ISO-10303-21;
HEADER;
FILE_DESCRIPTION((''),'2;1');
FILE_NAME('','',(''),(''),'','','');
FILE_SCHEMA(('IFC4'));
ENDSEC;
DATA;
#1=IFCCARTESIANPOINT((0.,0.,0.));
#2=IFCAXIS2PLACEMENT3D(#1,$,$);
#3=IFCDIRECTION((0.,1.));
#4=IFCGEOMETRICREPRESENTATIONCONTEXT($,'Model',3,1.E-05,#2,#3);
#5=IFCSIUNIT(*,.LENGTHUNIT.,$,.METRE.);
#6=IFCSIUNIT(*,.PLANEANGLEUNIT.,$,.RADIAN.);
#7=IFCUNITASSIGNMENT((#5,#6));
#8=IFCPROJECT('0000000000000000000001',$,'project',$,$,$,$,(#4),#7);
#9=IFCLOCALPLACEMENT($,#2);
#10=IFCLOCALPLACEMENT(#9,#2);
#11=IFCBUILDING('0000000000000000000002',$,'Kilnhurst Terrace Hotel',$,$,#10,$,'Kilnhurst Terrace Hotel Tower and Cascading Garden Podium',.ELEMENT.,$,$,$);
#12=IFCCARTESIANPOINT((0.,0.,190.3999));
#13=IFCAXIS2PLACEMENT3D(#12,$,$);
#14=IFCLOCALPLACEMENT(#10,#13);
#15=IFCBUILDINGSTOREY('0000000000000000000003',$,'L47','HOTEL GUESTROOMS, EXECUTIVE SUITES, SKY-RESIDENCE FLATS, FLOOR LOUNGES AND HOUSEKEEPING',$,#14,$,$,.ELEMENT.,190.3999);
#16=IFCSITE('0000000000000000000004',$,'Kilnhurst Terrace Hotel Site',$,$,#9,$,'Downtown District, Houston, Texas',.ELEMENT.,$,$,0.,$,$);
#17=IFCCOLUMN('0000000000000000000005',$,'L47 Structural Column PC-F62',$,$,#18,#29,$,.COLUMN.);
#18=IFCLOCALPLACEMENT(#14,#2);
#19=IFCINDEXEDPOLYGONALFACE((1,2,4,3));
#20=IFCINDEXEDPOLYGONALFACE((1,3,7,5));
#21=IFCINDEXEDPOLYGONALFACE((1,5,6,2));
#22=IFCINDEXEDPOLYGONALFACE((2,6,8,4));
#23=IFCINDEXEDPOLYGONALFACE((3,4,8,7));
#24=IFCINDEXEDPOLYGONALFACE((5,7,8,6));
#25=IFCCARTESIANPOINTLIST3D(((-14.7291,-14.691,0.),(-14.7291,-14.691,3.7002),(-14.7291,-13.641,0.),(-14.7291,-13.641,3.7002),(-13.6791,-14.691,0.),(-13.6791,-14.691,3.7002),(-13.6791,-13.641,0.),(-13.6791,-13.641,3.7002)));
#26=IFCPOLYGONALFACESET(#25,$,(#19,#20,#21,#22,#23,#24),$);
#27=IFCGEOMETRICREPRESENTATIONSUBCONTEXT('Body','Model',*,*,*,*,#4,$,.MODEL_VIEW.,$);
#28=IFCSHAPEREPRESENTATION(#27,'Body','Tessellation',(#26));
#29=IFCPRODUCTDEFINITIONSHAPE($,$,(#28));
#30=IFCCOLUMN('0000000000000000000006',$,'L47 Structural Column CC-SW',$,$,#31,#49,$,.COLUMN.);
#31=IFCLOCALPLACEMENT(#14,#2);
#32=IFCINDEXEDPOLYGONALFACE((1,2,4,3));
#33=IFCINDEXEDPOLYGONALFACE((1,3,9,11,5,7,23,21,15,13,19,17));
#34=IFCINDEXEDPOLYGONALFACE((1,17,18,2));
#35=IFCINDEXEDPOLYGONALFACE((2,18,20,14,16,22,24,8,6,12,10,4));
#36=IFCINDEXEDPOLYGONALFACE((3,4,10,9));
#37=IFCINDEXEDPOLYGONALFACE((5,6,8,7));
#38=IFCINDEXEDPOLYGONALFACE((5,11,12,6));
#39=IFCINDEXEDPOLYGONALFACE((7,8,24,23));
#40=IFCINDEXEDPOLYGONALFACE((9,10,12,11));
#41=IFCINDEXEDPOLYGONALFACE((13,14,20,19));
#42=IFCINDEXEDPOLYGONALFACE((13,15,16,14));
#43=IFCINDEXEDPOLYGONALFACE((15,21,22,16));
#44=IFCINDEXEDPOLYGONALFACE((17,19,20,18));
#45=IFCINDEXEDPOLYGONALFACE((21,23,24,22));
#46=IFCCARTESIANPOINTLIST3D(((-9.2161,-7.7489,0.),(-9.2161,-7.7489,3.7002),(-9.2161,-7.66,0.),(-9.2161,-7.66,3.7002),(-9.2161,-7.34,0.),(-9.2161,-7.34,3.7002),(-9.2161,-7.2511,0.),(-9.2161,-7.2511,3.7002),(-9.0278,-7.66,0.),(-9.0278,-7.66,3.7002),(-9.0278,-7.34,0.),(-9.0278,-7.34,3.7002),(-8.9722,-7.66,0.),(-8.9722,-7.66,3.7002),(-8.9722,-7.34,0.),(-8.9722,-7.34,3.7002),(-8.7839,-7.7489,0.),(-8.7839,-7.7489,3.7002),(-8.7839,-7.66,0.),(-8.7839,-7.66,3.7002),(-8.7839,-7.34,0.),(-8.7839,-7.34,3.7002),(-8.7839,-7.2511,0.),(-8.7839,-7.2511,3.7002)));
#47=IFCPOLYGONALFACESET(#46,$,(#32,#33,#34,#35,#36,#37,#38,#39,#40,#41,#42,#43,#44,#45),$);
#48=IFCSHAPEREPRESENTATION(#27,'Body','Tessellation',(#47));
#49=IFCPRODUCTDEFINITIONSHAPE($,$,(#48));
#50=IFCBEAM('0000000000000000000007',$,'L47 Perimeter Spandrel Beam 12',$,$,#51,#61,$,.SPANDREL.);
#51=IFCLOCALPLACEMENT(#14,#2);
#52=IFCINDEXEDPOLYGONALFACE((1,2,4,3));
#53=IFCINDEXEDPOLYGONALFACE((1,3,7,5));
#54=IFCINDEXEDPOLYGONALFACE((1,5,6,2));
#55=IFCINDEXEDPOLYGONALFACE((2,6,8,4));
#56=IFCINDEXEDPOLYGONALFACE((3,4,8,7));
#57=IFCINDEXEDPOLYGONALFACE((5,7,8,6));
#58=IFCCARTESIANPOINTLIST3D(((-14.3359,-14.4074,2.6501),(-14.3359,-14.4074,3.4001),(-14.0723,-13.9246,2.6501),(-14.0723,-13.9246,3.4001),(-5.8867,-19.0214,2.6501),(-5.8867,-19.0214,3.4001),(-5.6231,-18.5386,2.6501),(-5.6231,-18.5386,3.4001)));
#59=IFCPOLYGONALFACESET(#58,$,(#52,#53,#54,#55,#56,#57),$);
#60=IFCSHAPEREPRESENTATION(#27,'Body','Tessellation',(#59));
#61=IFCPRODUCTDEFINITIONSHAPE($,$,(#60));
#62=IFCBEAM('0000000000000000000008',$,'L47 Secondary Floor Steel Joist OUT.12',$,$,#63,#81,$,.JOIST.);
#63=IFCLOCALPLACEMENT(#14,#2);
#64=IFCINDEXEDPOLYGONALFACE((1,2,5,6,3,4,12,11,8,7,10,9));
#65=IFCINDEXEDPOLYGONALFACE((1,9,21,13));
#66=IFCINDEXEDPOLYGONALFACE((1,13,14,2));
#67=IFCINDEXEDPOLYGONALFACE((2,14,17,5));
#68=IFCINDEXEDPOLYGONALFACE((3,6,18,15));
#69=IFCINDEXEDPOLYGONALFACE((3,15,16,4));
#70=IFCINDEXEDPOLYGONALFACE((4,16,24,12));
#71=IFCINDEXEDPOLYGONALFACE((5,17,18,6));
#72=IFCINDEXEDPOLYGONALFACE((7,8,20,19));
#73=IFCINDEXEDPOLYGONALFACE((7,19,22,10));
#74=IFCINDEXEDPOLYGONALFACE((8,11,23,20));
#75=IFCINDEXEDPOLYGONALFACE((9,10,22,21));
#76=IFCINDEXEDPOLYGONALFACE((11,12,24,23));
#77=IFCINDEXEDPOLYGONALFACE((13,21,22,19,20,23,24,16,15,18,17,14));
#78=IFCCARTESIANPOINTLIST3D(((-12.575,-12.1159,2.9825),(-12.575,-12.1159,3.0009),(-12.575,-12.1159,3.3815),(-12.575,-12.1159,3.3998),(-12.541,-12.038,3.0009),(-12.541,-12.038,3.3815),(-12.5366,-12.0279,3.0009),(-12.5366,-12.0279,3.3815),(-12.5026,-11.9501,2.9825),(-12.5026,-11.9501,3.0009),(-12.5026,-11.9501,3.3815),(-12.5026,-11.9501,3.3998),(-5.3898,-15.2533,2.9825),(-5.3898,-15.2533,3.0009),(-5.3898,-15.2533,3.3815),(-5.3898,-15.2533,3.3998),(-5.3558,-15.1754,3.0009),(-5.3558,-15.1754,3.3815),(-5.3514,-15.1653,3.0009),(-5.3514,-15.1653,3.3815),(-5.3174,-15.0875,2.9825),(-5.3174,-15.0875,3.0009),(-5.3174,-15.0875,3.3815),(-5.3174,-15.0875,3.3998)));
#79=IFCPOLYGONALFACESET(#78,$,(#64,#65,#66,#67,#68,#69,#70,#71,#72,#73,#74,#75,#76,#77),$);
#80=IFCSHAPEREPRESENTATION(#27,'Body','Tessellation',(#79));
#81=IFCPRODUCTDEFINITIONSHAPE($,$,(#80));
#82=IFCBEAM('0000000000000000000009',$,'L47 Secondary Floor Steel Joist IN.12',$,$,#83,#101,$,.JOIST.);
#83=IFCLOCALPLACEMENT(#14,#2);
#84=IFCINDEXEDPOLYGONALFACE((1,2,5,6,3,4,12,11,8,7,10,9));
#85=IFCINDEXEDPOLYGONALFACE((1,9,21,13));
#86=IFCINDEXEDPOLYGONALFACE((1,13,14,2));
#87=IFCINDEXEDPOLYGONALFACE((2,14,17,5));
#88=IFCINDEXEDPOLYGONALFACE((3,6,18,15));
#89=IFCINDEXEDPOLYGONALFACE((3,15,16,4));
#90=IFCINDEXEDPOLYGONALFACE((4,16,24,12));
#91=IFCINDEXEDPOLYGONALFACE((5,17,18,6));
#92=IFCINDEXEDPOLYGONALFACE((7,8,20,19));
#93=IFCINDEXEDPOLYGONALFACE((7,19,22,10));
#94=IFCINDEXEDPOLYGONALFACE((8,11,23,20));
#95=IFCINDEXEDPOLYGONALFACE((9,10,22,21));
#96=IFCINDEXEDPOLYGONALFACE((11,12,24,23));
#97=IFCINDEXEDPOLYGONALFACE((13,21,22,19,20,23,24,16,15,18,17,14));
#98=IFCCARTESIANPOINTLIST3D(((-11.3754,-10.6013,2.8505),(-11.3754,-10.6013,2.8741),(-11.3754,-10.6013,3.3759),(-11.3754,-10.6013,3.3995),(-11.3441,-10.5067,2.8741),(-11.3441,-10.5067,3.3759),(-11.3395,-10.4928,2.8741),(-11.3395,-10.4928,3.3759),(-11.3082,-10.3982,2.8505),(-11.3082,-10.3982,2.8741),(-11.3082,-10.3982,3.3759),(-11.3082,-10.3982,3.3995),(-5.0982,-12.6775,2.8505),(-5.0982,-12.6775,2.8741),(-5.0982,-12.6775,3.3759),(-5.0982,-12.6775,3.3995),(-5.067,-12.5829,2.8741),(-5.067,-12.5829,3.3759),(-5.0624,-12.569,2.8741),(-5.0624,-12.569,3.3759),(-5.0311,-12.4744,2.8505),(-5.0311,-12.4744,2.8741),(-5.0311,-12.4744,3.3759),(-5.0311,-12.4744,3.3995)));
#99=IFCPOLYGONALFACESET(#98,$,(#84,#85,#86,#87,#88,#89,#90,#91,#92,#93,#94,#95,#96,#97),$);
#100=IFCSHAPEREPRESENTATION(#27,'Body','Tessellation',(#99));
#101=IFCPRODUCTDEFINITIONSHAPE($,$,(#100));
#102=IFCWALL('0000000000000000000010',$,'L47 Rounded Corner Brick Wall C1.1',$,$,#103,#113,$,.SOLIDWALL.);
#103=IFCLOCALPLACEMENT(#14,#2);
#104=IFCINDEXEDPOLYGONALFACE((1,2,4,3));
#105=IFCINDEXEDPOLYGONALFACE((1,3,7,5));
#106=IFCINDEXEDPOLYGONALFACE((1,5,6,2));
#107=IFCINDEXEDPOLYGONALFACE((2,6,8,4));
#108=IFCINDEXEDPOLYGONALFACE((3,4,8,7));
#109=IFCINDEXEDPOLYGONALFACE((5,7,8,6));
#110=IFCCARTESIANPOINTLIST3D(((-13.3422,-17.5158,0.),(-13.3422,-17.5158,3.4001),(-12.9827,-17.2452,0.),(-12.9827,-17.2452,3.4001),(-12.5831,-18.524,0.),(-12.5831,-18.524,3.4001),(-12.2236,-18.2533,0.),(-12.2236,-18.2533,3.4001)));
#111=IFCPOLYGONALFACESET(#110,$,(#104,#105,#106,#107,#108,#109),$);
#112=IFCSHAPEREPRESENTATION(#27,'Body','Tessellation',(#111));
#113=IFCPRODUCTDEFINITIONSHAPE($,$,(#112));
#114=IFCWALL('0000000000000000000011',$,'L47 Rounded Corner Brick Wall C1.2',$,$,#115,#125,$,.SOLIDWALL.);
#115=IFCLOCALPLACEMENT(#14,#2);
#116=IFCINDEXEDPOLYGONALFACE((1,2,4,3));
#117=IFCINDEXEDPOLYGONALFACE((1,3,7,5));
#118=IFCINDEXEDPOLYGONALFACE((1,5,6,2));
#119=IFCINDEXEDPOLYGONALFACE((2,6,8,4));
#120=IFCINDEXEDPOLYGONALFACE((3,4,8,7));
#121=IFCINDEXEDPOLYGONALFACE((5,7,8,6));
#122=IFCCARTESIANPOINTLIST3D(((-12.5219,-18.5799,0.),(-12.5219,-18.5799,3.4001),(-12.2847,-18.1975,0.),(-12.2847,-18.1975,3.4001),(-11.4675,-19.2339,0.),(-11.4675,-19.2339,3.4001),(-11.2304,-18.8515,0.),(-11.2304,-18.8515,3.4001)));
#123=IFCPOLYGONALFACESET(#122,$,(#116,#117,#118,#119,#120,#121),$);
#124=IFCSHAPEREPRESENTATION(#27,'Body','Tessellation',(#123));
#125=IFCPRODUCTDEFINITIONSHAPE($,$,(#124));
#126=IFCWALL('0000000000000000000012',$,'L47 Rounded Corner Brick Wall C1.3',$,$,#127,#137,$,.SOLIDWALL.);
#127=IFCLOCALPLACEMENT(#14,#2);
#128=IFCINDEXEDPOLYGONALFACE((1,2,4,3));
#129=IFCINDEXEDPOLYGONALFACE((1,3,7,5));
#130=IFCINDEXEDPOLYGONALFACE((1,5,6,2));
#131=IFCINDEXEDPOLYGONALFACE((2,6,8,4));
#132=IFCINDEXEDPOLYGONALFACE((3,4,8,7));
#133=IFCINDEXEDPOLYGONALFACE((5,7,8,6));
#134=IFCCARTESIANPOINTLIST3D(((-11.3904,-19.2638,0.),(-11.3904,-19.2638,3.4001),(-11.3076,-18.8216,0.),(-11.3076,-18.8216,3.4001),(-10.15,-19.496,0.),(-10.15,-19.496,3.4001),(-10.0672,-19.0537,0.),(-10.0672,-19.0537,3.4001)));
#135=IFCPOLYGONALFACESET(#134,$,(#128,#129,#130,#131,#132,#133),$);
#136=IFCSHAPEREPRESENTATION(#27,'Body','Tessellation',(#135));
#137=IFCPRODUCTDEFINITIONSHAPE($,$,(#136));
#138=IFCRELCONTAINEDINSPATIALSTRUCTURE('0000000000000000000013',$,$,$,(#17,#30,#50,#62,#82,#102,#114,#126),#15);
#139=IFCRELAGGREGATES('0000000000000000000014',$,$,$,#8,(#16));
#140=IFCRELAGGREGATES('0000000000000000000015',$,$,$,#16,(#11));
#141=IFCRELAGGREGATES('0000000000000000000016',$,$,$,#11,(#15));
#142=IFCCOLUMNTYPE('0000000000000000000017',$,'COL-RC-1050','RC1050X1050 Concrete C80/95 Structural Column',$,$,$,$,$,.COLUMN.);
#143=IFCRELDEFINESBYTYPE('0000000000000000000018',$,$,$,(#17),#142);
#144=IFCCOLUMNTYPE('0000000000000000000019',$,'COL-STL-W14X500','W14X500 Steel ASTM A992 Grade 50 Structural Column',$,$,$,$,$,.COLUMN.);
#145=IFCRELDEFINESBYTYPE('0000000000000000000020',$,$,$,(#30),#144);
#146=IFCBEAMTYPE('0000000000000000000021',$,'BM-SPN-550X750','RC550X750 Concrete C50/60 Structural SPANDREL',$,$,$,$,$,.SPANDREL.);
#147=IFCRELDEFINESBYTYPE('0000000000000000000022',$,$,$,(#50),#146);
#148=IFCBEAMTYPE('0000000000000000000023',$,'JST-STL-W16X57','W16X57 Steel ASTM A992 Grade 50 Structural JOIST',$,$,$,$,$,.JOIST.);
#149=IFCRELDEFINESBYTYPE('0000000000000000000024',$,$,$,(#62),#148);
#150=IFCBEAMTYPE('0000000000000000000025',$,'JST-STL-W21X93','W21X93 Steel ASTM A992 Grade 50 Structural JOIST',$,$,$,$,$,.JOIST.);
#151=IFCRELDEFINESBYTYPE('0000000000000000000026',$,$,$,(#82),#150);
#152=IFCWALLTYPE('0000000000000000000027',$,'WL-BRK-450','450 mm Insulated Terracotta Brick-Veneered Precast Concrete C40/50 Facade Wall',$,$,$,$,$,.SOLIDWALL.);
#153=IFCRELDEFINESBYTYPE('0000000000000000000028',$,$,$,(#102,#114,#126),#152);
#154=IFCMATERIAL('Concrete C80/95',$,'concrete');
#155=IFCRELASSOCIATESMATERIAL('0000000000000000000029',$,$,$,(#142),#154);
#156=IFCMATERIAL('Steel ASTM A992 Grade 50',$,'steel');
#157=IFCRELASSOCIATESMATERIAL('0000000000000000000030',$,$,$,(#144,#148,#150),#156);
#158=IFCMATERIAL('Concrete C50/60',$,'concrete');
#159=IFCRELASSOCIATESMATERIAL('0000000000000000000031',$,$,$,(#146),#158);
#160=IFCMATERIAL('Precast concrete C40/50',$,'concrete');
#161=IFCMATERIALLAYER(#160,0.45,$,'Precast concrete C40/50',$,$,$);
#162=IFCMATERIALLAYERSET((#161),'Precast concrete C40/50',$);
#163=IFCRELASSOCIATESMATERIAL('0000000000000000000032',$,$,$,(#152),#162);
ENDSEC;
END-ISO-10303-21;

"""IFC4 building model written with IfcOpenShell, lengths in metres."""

from ifc_helpers import new_model, si_unit, direction, frame, frame_2d, origin, origin_2d, place, context, subcontext, project, spatial, rectangle, i_section, extrude, material, layer, layer_set, material_profile, profile_set, type_object, element, save


model = new_model("IFC4")

# Units and contexts
model_context = context("Model", 3, precision=1e-05, world=origin(), true_north=direction((0.0, 1.0)))
body_context = subcontext(model_context, "Body", "Model", "MODEL_VIEW")
ifc_project = project(units=[si_unit("LENGTHUNIT", "METRE"), si_unit("PLANEANGLEUNIT", "RADIAN")], contexts=[model_context])

# Site, building, storey
site_placement = place(None, origin())
site = spatial("IfcSite", under=ifc_project, at=site_placement, Name="Kilnhurst Terrace Hotel Site", LongName="Downtown District, Houston, Texas", CompositionType="ELEMENT", RefElevation=0.0)
building_placement = place(site_placement, origin())
building = spatial("IfcBuilding", under=site, at=building_placement, Name="Kilnhurst Terrace Hotel", LongName="Kilnhurst Terrace Hotel Tower and Cascading Garden Podium", CompositionType="ELEMENT")
storey_placement = place(building_placement, frame((0.0, 0.0, 190.3999)))
storey = spatial("IfcBuildingStorey", under=building, at=storey_placement, Name="L47", Description="HOTEL GUESTROOMS, EXECUTIVE SUITES, SKY-RESIDENCE FLATS, FLOOR LOUNGES AND HOUSEKEEPING", CompositionType="ELEMENT", Elevation=190.3999)

# Columns
ifc_material_1 = material(Name="Concrete C80/95", Category="concrete")
ifc_material_profile_1 = material_profile(ifc_material_1, rectangle(XDim=1.05, YDim=1.05, at=origin_2d()), Name="RC1050X1050")
ifc_profile_set_1 = profile_set([ifc_material_profile_1], Name="Concrete C80/95")
column_type_1 = type_object("IfcColumnType", Name="COL-RC-1050", Description="RC1050X1050 Concrete C80/95 Structural Column", PredefinedType="COLUMN", material=ifc_profile_set_1)
column_1_placement = place(storey_placement, frame((-14.2041, -14.166, 0.0), z_axis=(0.0, 0.0, 1.0), x_axis=(1.0, 0.0, 0.0)))
element("IfcColumn", 1, at=column_1_placement, inside=storey, type_object=column_type_1, Name="L47 Structural Column PC-F62", PredefinedType="COLUMN", context=body_context, shape_type="SweptSolid", body=[
    extrude(rectangle(XDim=1.05, YDim=1.05, at=origin_2d()), origin(), (0.0, 0.0, 1.0), 3.7002),
])
ifc_material_2 = material(Name="Steel ASTM A992 Grade 50", Category="steel")
ifc_material_profile_2 = material_profile(ifc_material_2, i_section(OverallWidth=0.4321, OverallDepth=0.4978, WebThickness=0.0557, FlangeThickness=0.0889, at=origin_2d()), Name="W14X500")
ifc_profile_set_2 = profile_set([ifc_material_profile_2], Name="Steel ASTM A992 Grade 50")
column_type_2 = type_object("IfcColumnType", Name="COL-STL-W14X500", Description="W14X500 Steel ASTM A992 Grade 50 Structural Column", PredefinedType="COLUMN", material=ifc_profile_set_2)
column_2_placement = place(storey_placement, frame((-9.0, -7.5, 0.0), z_axis=(0.0, 0.0, 1.0), x_axis=(1.0, 0.0, 0.0)))
element("IfcColumn", 2, at=column_2_placement, inside=storey, type_object=column_type_2, Name="L47 Structural Column CC-SW", PredefinedType="COLUMN", context=body_context, shape_type="SweptSolid", body=[
    extrude(i_section(OverallWidth=0.4321, OverallDepth=0.4978, WebThickness=0.0557, FlangeThickness=0.0889, at=origin_2d()), origin(), (0.0, 0.0, 1.0), 3.7002),
])

# Beams
ifc_material_3 = material(Name="Concrete C50/60", Category="concrete")
ifc_material_profile_3 = material_profile(ifc_material_3, rectangle(XDim=0.55, YDim=0.75, at=origin_2d()), Name="RC550X750")
ifc_profile_set_3 = profile_set([ifc_material_profile_3], Name="Concrete C50/60")
beam_type_1 = type_object("IfcBeamType", Name="BM-SPN-550X750", Description="RC550X750 Concrete C50/60 Structural SPANDREL", PredefinedType="SPANDREL", material=ifc_profile_set_3)
beam_1_placement = place(storey_placement, frame((-14.2041, -14.166, 3.0251), z_axis=(0.877662, -0.47928, 0.0), x_axis=(0.47928, 0.877662, 0.0)))
element("IfcBeam", 3, at=beam_1_placement, inside=storey, type_object=beam_type_1, Name="L47 Perimeter Spandrel Beam 12", PredefinedType="SPANDREL", context=body_context, shape_type="SweptSolid", body=[
    extrude(rectangle(XDim=0.55, YDim=0.75, at=origin_2d()), origin(), (0.0, 0.0, 1.0), 9.627),
])
ifc_material_profile_4 = material_profile(ifc_material_2, i_section(OverallWidth=0.1809, OverallDepth=0.4172, WebThickness=0.011, FlangeThickness=0.0183, at=origin_2d()), Name="W16X57")
ifc_profile_set_4 = profile_set([ifc_material_profile_4], Name="Steel ASTM A992 Grade 50")
beam_type_2 = type_object("IfcBeamType", Name="JST-STL-W16X57", Description="W16X57 Steel ASTM A992 Grade 50 Structural JOIST", PredefinedType="JOIST", material=ifc_profile_set_4)
beam_2_placement = place(storey_placement, frame((-12.5388, -12.033, 3.1912), z_axis=(0.916444, -0.400164, 0.0), x_axis=(0.400164, 0.916444, 0.0)))
element("IfcBeam", 4, at=beam_2_placement, inside=storey, type_object=beam_type_2, Name="L47 Secondary Floor Steel Joist OUT.12", PredefinedType="JOIST", context=body_context, shape_type="SweptSolid", body=[
    extrude(i_section(OverallWidth=0.1809, OverallDepth=0.4172, WebThickness=0.011, FlangeThickness=0.0183, at=origin_2d()), origin(), (0.0, 0.0, 1.0), 7.8403),
])
ifc_material_profile_5 = material_profile(ifc_material_2, i_section(OverallWidth=0.2139, OverallDepth=0.5491, WebThickness=0.0146, FlangeThickness=0.0237, at=origin_2d()), Name="W21X93")
ifc_profile_set_5 = profile_set([ifc_material_profile_5], Name="Steel ASTM A992 Grade 50")
beam_type_3 = type_object("IfcBeamType", Name="JST-STL-W21X93", Description="W21X93 Steel ASTM A992 Grade 50 Structural JOIST", PredefinedType="JOIST", material=ifc_profile_set_5)
beam_3_placement = place(storey_placement, frame((-11.3418, -10.4998, 3.125), z_axis=(0.949416, -0.314022, 0.0), x_axis=(0.314022, 0.949416, 0.0)))
element("IfcBeam", 5, at=beam_3_placement, inside=storey, type_object=beam_type_3, Name="L47 Secondary Floor Steel Joist IN.12", PredefinedType="JOIST", context=body_context, shape_type="SweptSolid", body=[
    extrude(i_section(OverallWidth=0.2139, OverallDepth=0.5491, WebThickness=0.0146, FlangeThickness=0.0237, at=origin_2d()), origin(), (0.0, 0.0, 1.0), 6.6116),
])

# Walls
ifc_material_4 = material(Name="Precast concrete C40/50", Category="concrete")
ifc_layer_1 = layer(ifc_material_4, 0.45, Name="Precast concrete C40/50")
ifc_layer_set_1 = layer_set([ifc_layer_1], Name="Precast concrete C40/50")
wall_type_1 = type_object("IfcWallType", Name="WL-BRK-450", Description="450 mm Insulated Terracotta Brick-Veneered Precast Concrete C40/50 Facade Wall", PredefinedType="SOLIDWALL", material=ifc_layer_set_1)
wall_1_placement = place(storey_placement, frame((-13.1624, -17.3806, 0.0), z_axis=(0.0, 0.0, 1.0), x_axis=(0.601516, -0.798861, 0.0)))
element("IfcWall", 6, at=wall_1_placement, inside=storey, type_object=wall_type_1, Name="L47 Rounded Corner Brick Wall C1.1", PredefinedType="SOLIDWALL", context=body_context, shape_type="SweptSolid", body=[
    extrude(rectangle(XDim=1.262, YDim=0.45, at=frame_2d((0.6309, 0.0))), origin(), (0.0, 0.0, 1.0), 3.4001),
])
wall_2_placement = place(storey_placement, frame((-12.4033, -18.3887, 0.0), z_axis=(0.0, 0.0, 1.0), x_axis=(0.849795, -0.527113, 0.0)))
element("IfcWall", 7, at=wall_2_placement, inside=storey, type_object=wall_type_1, Name="L47 Rounded Corner Brick Wall C1.2", PredefinedType="SOLIDWALL", context=body_context, shape_type="SweptSolid", body=[
    extrude(rectangle(XDim=1.2407, YDim=0.45, at=frame_2d((0.6204, 0.0))), origin(), (0.0, 0.0, 1.0), 3.4001),
])
wall_3_placement = place(storey_placement, frame((-11.3489, -19.0427, 0.0), z_axis=(0.0, 0.0, 1.0), x_axis=(0.982931, -0.183973, 0.0)))
element("IfcWall", 8, at=wall_3_placement, inside=storey, type_object=wall_type_1, Name="L47 Rounded Corner Brick Wall C1.3", PredefinedType="SOLIDWALL", context=body_context, shape_type="SweptSolid", body=[
    extrude(rectangle(XDim=1.262, YDim=0.45, at=frame_2d((0.6309, 0.0))), origin(), (0.0, 0.0, 1.0), 3.4001),
])

save(model, "model.ifc")
